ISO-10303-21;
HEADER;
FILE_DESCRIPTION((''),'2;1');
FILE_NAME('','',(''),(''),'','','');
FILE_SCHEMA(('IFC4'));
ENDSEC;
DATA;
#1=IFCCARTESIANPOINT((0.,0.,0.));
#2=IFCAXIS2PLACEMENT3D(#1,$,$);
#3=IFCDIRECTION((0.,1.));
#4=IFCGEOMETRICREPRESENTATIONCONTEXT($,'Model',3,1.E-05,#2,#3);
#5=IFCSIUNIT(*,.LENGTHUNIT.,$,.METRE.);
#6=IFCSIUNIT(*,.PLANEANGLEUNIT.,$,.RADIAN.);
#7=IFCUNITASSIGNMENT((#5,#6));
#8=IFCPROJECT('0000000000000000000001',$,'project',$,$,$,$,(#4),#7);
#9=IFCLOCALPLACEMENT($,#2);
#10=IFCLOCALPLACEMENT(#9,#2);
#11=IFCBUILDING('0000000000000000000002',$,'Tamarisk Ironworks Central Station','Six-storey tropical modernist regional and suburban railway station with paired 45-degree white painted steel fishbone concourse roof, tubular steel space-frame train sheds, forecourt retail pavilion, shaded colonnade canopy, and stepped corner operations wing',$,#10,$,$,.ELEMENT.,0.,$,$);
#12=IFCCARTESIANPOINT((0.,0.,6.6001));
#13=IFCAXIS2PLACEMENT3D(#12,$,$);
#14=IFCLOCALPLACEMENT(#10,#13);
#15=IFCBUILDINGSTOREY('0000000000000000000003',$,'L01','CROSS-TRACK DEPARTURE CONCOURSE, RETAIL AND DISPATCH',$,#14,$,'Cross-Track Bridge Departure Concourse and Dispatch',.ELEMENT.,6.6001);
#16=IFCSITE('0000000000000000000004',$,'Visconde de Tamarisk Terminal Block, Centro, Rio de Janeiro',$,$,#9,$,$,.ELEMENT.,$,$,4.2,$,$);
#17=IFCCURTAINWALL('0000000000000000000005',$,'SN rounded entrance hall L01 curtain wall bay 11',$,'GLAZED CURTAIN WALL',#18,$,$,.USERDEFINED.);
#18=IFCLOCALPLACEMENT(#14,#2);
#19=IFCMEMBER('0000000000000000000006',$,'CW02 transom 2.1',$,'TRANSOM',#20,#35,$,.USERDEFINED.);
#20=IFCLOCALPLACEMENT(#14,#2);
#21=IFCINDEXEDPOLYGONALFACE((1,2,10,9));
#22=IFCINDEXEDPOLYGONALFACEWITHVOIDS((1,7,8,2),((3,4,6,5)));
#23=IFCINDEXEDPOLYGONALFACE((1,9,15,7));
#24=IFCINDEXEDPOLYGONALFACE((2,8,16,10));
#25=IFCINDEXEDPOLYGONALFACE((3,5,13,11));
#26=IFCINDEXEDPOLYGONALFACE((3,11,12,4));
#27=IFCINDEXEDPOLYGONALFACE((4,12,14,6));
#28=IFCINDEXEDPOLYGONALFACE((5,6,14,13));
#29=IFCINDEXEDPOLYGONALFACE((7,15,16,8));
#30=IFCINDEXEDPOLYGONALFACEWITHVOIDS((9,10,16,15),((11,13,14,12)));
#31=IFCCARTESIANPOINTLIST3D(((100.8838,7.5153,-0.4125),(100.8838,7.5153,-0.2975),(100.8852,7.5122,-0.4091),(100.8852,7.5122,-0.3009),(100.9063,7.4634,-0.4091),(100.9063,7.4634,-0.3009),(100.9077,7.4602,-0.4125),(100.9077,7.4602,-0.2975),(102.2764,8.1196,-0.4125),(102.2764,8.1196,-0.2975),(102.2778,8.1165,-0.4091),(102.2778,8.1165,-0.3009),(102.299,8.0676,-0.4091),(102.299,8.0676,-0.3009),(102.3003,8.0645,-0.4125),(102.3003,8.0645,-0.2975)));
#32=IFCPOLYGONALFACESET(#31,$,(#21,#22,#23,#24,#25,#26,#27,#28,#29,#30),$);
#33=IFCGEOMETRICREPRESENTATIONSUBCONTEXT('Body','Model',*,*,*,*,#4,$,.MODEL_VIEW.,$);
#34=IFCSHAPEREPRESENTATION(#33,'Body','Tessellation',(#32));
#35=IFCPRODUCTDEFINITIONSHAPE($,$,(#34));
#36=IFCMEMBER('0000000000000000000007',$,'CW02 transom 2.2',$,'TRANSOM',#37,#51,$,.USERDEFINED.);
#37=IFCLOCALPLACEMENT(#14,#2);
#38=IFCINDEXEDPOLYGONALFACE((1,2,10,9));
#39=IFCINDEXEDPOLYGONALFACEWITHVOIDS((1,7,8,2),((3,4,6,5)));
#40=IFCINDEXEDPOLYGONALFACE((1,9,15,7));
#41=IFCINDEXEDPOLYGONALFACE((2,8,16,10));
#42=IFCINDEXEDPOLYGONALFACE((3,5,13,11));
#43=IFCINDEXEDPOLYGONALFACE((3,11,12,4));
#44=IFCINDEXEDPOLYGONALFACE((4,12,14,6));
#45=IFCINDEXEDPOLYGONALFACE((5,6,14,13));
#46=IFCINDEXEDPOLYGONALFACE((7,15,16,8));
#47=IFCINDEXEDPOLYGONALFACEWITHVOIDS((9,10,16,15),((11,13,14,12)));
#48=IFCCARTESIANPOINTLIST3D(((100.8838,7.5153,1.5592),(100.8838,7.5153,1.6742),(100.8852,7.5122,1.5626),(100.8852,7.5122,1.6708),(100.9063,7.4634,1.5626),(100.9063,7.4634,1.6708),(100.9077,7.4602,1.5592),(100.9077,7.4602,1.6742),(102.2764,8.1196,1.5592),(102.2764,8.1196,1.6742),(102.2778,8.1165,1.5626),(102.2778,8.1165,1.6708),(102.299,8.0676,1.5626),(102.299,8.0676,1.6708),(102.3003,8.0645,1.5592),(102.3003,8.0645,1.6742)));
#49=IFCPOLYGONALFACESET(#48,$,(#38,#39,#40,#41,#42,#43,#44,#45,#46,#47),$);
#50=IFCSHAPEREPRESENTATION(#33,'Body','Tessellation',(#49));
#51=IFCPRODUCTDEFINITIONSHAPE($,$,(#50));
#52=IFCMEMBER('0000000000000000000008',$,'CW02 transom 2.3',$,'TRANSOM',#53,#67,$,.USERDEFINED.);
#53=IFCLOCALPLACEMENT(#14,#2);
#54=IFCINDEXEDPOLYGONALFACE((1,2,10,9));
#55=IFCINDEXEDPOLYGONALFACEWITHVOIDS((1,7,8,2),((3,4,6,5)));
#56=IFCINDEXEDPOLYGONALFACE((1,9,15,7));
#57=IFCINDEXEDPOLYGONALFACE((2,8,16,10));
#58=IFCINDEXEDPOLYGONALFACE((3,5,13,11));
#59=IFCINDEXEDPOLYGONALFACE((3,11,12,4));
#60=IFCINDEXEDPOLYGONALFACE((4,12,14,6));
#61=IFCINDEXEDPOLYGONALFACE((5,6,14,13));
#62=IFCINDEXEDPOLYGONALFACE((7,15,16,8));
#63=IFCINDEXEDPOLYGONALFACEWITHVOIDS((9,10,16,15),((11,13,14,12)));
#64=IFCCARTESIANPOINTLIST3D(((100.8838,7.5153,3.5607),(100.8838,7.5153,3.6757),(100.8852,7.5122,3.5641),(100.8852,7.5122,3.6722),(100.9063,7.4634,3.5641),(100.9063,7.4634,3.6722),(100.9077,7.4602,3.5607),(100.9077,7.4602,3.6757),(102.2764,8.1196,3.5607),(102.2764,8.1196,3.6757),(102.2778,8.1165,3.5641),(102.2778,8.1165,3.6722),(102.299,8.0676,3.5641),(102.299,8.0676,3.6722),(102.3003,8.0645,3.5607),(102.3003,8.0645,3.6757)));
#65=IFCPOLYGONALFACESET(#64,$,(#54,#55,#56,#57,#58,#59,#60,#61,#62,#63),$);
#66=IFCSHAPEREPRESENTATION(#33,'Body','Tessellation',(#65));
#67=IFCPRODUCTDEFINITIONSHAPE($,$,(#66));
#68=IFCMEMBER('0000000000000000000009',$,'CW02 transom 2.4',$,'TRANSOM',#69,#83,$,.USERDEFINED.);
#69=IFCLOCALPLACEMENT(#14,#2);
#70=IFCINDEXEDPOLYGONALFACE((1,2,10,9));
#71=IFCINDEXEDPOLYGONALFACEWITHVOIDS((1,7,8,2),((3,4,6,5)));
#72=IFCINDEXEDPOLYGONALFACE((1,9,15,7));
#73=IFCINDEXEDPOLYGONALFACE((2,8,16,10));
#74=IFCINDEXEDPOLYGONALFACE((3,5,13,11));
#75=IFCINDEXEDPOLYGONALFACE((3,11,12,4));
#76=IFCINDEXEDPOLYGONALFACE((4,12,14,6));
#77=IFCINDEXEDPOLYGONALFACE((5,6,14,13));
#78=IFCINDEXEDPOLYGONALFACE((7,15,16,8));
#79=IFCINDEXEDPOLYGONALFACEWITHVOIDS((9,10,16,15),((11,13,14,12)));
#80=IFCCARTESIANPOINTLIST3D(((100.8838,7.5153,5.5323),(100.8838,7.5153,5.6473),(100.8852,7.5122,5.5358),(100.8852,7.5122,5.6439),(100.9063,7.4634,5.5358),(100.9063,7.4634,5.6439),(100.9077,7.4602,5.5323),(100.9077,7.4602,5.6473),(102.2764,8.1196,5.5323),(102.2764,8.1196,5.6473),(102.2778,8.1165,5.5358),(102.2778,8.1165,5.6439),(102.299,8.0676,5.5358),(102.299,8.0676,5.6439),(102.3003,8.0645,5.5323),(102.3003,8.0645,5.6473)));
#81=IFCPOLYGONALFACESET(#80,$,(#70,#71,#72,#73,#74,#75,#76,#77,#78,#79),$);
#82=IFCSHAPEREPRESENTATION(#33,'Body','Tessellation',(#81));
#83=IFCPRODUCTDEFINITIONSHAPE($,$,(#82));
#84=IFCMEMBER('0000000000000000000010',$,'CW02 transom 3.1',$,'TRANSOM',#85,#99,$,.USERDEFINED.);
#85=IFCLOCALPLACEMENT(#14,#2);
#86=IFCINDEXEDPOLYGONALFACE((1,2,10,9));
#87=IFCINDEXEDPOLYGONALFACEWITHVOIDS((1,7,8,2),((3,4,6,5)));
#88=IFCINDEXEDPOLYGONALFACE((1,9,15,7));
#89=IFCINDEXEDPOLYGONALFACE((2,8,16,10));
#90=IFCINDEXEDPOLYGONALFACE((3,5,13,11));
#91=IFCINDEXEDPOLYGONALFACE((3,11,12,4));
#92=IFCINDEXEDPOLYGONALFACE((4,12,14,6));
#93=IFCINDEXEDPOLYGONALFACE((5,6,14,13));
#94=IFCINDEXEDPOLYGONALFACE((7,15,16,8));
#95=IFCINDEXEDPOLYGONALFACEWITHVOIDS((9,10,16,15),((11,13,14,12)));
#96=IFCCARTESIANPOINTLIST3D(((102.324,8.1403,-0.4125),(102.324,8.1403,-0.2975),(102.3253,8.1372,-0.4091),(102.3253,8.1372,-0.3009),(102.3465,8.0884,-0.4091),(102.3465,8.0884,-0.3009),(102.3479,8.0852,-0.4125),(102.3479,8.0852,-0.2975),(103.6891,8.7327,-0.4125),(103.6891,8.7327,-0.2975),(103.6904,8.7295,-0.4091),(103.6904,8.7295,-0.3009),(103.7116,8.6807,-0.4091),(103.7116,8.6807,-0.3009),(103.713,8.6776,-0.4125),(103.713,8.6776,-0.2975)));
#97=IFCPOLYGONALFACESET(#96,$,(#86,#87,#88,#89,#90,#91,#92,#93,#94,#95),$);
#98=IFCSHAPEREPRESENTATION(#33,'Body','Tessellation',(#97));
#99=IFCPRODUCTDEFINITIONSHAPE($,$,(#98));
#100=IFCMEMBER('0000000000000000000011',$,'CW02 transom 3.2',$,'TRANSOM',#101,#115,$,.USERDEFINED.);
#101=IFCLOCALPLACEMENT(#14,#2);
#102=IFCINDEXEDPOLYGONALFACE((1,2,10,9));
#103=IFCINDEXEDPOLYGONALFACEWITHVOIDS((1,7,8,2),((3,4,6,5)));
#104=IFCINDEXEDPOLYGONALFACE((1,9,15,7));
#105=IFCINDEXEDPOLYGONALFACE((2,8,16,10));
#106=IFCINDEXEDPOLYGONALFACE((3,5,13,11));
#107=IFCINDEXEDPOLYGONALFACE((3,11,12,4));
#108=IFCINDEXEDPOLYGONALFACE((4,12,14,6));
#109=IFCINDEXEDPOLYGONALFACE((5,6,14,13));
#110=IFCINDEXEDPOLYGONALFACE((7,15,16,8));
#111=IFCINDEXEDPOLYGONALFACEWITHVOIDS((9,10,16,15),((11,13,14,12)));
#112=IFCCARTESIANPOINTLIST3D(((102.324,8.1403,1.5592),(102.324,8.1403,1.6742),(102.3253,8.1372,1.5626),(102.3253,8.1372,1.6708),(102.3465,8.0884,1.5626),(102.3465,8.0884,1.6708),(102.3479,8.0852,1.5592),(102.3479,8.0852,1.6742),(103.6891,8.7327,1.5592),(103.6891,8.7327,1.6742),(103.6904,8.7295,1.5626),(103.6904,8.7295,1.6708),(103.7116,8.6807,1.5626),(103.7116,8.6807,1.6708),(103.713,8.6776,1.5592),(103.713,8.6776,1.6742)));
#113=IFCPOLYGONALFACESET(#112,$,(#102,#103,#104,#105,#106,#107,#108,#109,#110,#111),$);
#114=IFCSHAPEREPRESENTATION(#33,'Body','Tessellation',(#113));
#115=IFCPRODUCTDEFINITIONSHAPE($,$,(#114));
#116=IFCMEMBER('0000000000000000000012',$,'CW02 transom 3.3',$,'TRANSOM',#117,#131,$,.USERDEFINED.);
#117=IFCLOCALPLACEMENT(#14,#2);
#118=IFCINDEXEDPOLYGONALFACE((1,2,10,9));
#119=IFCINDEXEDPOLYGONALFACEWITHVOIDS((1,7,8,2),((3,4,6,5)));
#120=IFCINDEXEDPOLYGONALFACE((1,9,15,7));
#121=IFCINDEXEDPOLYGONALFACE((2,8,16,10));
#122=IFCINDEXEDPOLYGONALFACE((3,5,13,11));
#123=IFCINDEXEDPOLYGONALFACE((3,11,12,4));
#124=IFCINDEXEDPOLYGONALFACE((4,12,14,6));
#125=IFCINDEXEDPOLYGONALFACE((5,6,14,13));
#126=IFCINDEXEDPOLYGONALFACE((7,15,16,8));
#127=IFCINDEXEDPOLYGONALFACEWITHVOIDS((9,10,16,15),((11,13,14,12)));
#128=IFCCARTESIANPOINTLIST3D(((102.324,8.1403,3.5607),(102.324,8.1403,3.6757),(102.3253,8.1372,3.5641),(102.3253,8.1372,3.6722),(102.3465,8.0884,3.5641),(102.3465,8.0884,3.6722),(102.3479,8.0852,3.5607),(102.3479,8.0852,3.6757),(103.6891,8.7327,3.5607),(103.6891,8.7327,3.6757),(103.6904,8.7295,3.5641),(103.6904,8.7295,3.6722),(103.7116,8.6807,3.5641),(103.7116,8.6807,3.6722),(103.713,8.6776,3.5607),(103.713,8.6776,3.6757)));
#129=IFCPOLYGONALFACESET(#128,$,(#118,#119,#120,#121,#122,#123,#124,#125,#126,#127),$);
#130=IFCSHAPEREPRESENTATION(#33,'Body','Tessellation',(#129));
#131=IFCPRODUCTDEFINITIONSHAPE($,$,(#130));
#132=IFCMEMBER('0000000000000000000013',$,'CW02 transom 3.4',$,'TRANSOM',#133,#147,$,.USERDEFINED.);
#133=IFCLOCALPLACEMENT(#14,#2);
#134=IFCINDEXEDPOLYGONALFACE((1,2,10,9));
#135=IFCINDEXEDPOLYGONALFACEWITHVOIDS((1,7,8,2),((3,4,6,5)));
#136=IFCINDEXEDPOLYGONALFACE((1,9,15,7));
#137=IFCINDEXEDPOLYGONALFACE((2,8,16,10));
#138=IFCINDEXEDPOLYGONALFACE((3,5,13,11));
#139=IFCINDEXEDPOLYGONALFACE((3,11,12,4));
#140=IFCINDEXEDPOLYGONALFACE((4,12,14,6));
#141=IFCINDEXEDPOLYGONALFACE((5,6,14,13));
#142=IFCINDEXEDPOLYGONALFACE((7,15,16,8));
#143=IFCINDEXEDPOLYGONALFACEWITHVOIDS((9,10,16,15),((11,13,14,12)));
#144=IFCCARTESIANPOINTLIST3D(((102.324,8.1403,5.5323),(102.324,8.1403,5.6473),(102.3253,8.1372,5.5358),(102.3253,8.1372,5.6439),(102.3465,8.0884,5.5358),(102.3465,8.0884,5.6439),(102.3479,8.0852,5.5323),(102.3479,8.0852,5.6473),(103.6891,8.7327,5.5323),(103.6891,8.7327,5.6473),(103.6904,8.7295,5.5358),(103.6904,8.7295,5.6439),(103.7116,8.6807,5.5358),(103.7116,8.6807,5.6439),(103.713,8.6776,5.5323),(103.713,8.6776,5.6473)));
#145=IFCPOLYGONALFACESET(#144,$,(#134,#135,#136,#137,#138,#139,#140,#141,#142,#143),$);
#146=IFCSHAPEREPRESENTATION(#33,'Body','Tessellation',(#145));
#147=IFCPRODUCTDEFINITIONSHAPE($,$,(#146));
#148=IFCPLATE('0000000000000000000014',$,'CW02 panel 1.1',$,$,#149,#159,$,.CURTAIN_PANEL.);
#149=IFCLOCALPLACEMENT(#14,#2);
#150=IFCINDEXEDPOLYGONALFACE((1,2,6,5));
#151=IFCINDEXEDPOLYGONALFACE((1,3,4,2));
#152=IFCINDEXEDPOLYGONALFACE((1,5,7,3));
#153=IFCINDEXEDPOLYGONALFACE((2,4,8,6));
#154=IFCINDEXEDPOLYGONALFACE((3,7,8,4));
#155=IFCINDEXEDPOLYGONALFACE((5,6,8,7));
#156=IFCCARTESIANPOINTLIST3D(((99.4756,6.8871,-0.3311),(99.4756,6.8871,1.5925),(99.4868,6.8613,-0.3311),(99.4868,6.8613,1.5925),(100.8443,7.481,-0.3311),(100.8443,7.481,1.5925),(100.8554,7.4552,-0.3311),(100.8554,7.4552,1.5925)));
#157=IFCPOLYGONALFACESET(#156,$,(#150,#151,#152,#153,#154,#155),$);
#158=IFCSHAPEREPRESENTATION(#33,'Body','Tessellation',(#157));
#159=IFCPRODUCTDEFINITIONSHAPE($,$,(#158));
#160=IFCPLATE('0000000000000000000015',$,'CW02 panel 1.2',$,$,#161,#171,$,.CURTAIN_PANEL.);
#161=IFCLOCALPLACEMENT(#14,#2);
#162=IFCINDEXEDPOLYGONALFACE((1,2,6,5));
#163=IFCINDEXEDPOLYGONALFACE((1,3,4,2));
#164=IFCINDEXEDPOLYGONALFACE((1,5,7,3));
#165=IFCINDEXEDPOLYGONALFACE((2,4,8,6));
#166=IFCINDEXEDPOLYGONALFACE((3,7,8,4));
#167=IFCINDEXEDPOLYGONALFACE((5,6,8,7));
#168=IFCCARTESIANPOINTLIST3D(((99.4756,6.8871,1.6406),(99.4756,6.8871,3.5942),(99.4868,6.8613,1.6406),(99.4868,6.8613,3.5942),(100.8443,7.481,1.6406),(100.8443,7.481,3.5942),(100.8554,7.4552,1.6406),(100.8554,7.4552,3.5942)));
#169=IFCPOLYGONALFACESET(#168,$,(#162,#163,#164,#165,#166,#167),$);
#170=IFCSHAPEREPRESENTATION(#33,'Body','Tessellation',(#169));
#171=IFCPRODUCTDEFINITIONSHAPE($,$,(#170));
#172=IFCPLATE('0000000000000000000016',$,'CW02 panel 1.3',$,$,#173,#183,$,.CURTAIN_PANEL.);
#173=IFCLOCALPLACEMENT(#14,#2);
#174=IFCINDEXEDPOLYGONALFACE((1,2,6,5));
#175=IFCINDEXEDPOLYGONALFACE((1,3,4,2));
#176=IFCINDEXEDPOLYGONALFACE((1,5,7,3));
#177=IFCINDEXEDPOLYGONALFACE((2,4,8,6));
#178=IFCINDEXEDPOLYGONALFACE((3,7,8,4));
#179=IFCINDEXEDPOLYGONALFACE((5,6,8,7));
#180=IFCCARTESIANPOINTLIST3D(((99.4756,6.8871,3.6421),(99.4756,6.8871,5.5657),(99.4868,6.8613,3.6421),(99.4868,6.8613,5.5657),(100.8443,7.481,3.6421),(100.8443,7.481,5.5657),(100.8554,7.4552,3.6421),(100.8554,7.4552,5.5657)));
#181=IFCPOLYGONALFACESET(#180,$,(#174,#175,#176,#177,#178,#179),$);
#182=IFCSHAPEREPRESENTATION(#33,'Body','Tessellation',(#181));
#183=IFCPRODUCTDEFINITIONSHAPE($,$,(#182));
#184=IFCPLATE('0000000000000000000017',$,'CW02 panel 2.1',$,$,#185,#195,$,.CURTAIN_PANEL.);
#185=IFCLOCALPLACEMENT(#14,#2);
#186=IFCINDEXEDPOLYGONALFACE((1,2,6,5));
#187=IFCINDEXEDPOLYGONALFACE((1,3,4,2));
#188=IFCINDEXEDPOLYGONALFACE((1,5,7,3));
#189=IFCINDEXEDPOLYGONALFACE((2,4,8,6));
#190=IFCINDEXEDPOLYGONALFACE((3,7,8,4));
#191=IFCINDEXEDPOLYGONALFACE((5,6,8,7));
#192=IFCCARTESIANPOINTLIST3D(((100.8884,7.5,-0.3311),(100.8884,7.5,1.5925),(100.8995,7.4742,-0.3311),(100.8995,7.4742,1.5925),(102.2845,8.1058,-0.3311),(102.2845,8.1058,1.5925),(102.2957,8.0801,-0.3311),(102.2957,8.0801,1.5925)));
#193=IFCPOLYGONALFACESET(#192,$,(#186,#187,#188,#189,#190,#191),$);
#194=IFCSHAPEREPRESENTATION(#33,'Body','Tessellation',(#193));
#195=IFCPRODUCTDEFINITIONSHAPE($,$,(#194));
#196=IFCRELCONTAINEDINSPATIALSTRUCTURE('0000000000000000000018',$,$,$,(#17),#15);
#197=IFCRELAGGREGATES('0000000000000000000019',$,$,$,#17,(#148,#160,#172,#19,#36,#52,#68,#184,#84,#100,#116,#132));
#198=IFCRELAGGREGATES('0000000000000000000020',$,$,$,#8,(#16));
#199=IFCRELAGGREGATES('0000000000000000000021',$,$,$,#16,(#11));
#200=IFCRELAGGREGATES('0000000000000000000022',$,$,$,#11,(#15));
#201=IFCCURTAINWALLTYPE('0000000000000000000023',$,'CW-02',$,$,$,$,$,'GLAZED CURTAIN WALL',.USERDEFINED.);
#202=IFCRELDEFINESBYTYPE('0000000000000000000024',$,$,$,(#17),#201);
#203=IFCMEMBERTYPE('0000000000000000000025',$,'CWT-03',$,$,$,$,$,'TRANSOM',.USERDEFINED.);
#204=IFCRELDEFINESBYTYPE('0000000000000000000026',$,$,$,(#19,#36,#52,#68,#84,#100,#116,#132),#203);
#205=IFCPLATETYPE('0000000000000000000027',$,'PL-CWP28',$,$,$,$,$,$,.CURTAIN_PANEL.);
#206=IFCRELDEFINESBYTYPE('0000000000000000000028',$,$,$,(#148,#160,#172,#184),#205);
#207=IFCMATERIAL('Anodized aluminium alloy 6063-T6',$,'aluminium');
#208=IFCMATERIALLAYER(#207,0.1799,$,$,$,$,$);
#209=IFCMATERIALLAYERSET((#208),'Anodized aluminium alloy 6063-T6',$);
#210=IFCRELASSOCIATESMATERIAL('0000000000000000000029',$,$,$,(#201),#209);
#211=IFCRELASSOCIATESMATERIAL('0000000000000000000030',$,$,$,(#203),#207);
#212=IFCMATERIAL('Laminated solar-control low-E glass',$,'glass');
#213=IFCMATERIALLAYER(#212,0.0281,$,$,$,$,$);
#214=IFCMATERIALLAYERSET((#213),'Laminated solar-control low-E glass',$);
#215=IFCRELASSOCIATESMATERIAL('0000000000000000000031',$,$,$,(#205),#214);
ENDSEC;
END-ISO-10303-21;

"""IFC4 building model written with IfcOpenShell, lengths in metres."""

from ifc_helpers import new_model, si_unit, direction, frame, origin, origin_2d, place, context, subcontext, project, spatial, rectangle, hollow_rectangle, extrude, material, layer, layer_set, material_profile, profile_set, type_object, element, aggregate, save


model = new_model("IFC4")

# Units and contexts
model_context = context("Model", 3, precision=1e-05, world=origin(), true_north=direction((0.0, 1.0)))
body_context = subcontext(model_context, "Body", "Model", "MODEL_VIEW")
ifc_project = project(units=[si_unit("LENGTHUNIT", "METRE"), si_unit("PLANEANGLEUNIT", "RADIAN")], contexts=[model_context])

# Site, building, storey
site_placement = place(None, origin())
site = spatial("IfcSite", under=ifc_project, at=site_placement, Name="Visconde de Tamarisk Terminal Block, Centro, Rio de Janeiro", CompositionType="ELEMENT", RefElevation=4.2)
building_placement = place(site_placement, origin())
building = spatial("IfcBuilding", under=site, at=building_placement, Name="Tamarisk Ironworks Central Station", Description="Six-storey tropical modernist regional and suburban railway station with paired 45-degree white painted steel fishbone concourse roof, tubular steel space-frame train sheds, forecourt retail pavilion, shaded colonnade canopy, and stepped corner operations wing", CompositionType="ELEMENT", ElevationOfRefHeight=0.0)
storey_placement = place(building_placement, frame((0.0, 0.0, 6.6001)))
storey = spatial("IfcBuildingStorey", under=building, at=storey_placement, Name="L01", Description="CROSS-TRACK DEPARTURE CONCOURSE, RETAIL AND DISPATCH", LongName="Cross-Track Bridge Departure Concourse and Dispatch", CompositionType="ELEMENT", Elevation=6.6001)

# Curtain wall, members, plates
ifc_material_1 = material(Name="Anodized aluminium alloy 6063-T6", Category="aluminium")
ifc_layer_1 = layer(ifc_material_1, 0.1799)
ifc_layer_set_1 = layer_set([ifc_layer_1], Name="Anodized aluminium alloy 6063-T6")
curtain_wall_type = type_object("IfcCurtainWallType", Name="CW-02", ElementType="GLAZED CURTAIN WALL", PredefinedType="USERDEFINED", material=ifc_layer_set_1)
curtain_wall_placement = place(storey_placement, origin())
curtain_wall = element("IfcCurtainWall", 1, at=curtain_wall_placement, inside=storey, type_object=curtain_wall_type, Name="SN rounded entrance hall L01 curtain wall bay 11", ObjectType="GLAZED CURTAIN WALL", PredefinedType="USERDEFINED")
ifc_material_profile_1 = material_profile(ifc_material_1, hollow_rectangle(XDim=0.0601, YDim=0.115, WallThickness=0.0034, at=origin_2d()), Name="ALUM 115x60")
ifc_profile_set_1 = profile_set([ifc_material_profile_1], Name="Anodized aluminium alloy 6063-T6")
member_type_1 = type_object("IfcMemberType", Name="CWT-03", ElementType="TRANSOM", PredefinedType="USERDEFINED", material=ifc_profile_set_1)
member_1_placement = place(storey_placement, frame((100.8958, 7.4878, -0.355), z_axis=(0.917364, 0.39805, 0.0), x_axis=(-0.39805, 0.917364, 0.0)))
member_1 = element("IfcMember", 2, at=member_1_placement, type_object=member_type_1, Name="CW02 transom 2.1", ObjectType="TRANSOM", PredefinedType="USERDEFINED", context=body_context, shape_type="SweptSolid", body=[
    extrude(hollow_rectangle(XDim=0.0601, YDim=0.115, WallThickness=0.0034, at=origin_2d()), origin(), (0.0, 0.0, 1.0), 1.5181),
])
member_2_placement = place(storey_placement, frame((100.8958, 7.4878, 1.6167), z_axis=(0.917364, 0.39805, 0.0), x_axis=(-0.39805, 0.917364, 0.0)))
member_2 = element("IfcMember", 3, at=member_2_placement, type_object=member_type_1, Name="CW02 transom 2.2", ObjectType="TRANSOM", PredefinedType="USERDEFINED", context=body_context, shape_type="SweptSolid", body=[
    extrude(hollow_rectangle(XDim=0.0601, YDim=0.115, WallThickness=0.0034, at=origin_2d()), origin(), (0.0, 0.0, 1.0), 1.5181),
])
member_3_placement = place(storey_placement, frame((100.8958, 7.4878, 3.6182), z_axis=(0.917364, 0.39805, 0.0), x_axis=(-0.39805, 0.917364, 0.0)))
member_3 = element("IfcMember", 4, at=member_3_placement, type_object=member_type_1, Name="CW02 transom 2.3", ObjectType="TRANSOM", PredefinedType="USERDEFINED", context=body_context, shape_type="SweptSolid", body=[
    extrude(hollow_rectangle(XDim=0.0601, YDim=0.115, WallThickness=0.0034, at=origin_2d()), origin(), (0.0, 0.0, 1.0), 1.5181),
])
member_4_placement = place(storey_placement, frame((100.8958, 7.4878, 5.5898), z_axis=(0.917364, 0.39805, 0.0), x_axis=(-0.39805, 0.917364, 0.0)))
member_4 = element("IfcMember", 5, at=member_4_placement, type_object=member_type_1, Name="CW02 transom 2.4", ObjectType="TRANSOM", PredefinedType="USERDEFINED", context=body_context, shape_type="SweptSolid", body=[
    extrude(hollow_rectangle(XDim=0.0601, YDim=0.115, WallThickness=0.0034, at=origin_2d()), origin(), (0.0, 0.0, 1.0), 1.5181),
])
member_5_placement = place(storey_placement, frame((102.3359, 8.1128, -0.355), z_axis=(0.917362, 0.398054, 0.0), x_axis=(-0.398054, 0.917362, 0.0)))
member_5 = element("IfcMember", 6, at=member_5_placement, type_object=member_type_1, Name="CW02 transom 3.1", ObjectType="TRANSOM", PredefinedType="USERDEFINED", context=body_context, shape_type="SweptSolid", body=[
    extrude(hollow_rectangle(XDim=0.0601, YDim=0.115, WallThickness=0.0034, at=origin_2d()), origin(), (0.0, 0.0, 1.0), 1.488),
])
member_6_placement = place(storey_placement, frame((102.3359, 8.1128, 1.6167), z_axis=(0.917362, 0.398054, 0.0), x_axis=(-0.398054, 0.917362, 0.0)))
member_6 = element("IfcMember", 7, at=member_6_placement, type_object=member_type_1, Name="CW02 transom 3.2", ObjectType="TRANSOM", PredefinedType="USERDEFINED", context=body_context, shape_type="SweptSolid", body=[
    extrude(hollow_rectangle(XDim=0.0601, YDim=0.115, WallThickness=0.0034, at=origin_2d()), origin(), (0.0, 0.0, 1.0), 1.488),
])
member_7_placement = place(storey_placement, frame((102.3359, 8.1128, 3.6182), z_axis=(0.917362, 0.398054, 0.0), x_axis=(-0.398054, 0.917362, 0.0)))
member_7 = element("IfcMember", 8, at=member_7_placement, type_object=member_type_1, Name="CW02 transom 3.3", ObjectType="TRANSOM", PredefinedType="USERDEFINED", context=body_context, shape_type="SweptSolid", body=[
    extrude(hollow_rectangle(XDim=0.0601, YDim=0.115, WallThickness=0.0034, at=origin_2d()), origin(), (0.0, 0.0, 1.0), 1.488),
])
member_8_placement = place(storey_placement, frame((102.3359, 8.1128, 5.5898), z_axis=(0.917362, 0.398054, 0.0), x_axis=(-0.398054, 0.917362, 0.0)))
member_8 = element("IfcMember", 9, at=member_8_placement, type_object=member_type_1, Name="CW02 transom 3.4", ObjectType="TRANSOM", PredefinedType="USERDEFINED", context=body_context, shape_type="SweptSolid", body=[
    extrude(hollow_rectangle(XDim=0.0601, YDim=0.115, WallThickness=0.0034, at=origin_2d()), origin(), (0.0, 0.0, 1.0), 1.488),
])
ifc_material_2 = material(Name="Laminated solar-control low-E glass", Category="glass")
ifc_layer_2 = layer(ifc_material_2, 0.0281)
ifc_layer_set_2 = layer_set([ifc_layer_2], Name="Laminated solar-control low-E glass")
plate_type = type_object("IfcPlateType", Name="PL-CWP28", PredefinedType="CURTAIN_PANEL", material=ifc_layer_set_2)
plate_1_placement = place(storey_placement, frame((100.1655, 7.1711, -0.3311), z_axis=(0.0, 0.0, 1.0), x_axis=(0.917352, 0.398077, 0.0)))
plate_1 = element("IfcPlate", 10, at=plate_1_placement, type_object=plate_type, Name="CW02 panel 1.1", PredefinedType="CURTAIN_PANEL", context=body_context, shape_type="SweptSolid", body=[
    extrude(rectangle(XDim=1.4919, YDim=0.0281, at=origin_2d()), origin(), (0.0, 0.0, 1.0), 1.9236),
])
plate_2_placement = place(storey_placement, frame((100.1655, 7.1711, 1.6406), z_axis=(0.0, 0.0, 1.0), x_axis=(0.917352, 0.398077, 0.0)))
plate_2 = element("IfcPlate", 11, at=plate_2_placement, type_object=plate_type, Name="CW02 panel 1.2", PredefinedType="CURTAIN_PANEL", context=body_context, shape_type="SweptSolid", body=[
    extrude(rectangle(XDim=1.4919, YDim=0.0281, at=origin_2d()), origin(), (0.0, 0.0, 1.0), 1.9536),
])
plate_3_placement = place(storey_placement, frame((100.1655, 7.1711, 3.6421), z_axis=(0.0, 0.0, 1.0), x_axis=(0.917352, 0.398077, 0.0)))
plate_3 = element("IfcPlate", 12, at=plate_3_placement, type_object=plate_type, Name="CW02 panel 1.3", PredefinedType="CURTAIN_PANEL", context=body_context, shape_type="SweptSolid", body=[
    extrude(rectangle(XDim=1.4919, YDim=0.0281, at=origin_2d()), origin(), (0.0, 0.0, 1.0), 1.9236),
])
plate_4_placement = place(storey_placement, frame((101.592, 7.79, -0.3311), z_axis=(0.0, 0.0, 1.0), x_axis=(0.917352, 0.398077, 0.0)))
plate_4 = element("IfcPlate", 13, at=plate_4_placement, type_object=plate_type, Name="CW02 panel 2.1", PredefinedType="CURTAIN_PANEL", context=body_context, shape_type="SweptSolid", body=[
    extrude(rectangle(XDim=1.522, YDim=0.0281, at=origin_2d()), origin(), (0.0, 0.0, 1.0), 1.9236),
])
aggregate(curtain_wall, [plate_1, plate_2, plate_3, member_1, member_2, member_3, member_4, plate_4, member_5, member_6, member_7, member_8])

save(model, "model.ifc")
